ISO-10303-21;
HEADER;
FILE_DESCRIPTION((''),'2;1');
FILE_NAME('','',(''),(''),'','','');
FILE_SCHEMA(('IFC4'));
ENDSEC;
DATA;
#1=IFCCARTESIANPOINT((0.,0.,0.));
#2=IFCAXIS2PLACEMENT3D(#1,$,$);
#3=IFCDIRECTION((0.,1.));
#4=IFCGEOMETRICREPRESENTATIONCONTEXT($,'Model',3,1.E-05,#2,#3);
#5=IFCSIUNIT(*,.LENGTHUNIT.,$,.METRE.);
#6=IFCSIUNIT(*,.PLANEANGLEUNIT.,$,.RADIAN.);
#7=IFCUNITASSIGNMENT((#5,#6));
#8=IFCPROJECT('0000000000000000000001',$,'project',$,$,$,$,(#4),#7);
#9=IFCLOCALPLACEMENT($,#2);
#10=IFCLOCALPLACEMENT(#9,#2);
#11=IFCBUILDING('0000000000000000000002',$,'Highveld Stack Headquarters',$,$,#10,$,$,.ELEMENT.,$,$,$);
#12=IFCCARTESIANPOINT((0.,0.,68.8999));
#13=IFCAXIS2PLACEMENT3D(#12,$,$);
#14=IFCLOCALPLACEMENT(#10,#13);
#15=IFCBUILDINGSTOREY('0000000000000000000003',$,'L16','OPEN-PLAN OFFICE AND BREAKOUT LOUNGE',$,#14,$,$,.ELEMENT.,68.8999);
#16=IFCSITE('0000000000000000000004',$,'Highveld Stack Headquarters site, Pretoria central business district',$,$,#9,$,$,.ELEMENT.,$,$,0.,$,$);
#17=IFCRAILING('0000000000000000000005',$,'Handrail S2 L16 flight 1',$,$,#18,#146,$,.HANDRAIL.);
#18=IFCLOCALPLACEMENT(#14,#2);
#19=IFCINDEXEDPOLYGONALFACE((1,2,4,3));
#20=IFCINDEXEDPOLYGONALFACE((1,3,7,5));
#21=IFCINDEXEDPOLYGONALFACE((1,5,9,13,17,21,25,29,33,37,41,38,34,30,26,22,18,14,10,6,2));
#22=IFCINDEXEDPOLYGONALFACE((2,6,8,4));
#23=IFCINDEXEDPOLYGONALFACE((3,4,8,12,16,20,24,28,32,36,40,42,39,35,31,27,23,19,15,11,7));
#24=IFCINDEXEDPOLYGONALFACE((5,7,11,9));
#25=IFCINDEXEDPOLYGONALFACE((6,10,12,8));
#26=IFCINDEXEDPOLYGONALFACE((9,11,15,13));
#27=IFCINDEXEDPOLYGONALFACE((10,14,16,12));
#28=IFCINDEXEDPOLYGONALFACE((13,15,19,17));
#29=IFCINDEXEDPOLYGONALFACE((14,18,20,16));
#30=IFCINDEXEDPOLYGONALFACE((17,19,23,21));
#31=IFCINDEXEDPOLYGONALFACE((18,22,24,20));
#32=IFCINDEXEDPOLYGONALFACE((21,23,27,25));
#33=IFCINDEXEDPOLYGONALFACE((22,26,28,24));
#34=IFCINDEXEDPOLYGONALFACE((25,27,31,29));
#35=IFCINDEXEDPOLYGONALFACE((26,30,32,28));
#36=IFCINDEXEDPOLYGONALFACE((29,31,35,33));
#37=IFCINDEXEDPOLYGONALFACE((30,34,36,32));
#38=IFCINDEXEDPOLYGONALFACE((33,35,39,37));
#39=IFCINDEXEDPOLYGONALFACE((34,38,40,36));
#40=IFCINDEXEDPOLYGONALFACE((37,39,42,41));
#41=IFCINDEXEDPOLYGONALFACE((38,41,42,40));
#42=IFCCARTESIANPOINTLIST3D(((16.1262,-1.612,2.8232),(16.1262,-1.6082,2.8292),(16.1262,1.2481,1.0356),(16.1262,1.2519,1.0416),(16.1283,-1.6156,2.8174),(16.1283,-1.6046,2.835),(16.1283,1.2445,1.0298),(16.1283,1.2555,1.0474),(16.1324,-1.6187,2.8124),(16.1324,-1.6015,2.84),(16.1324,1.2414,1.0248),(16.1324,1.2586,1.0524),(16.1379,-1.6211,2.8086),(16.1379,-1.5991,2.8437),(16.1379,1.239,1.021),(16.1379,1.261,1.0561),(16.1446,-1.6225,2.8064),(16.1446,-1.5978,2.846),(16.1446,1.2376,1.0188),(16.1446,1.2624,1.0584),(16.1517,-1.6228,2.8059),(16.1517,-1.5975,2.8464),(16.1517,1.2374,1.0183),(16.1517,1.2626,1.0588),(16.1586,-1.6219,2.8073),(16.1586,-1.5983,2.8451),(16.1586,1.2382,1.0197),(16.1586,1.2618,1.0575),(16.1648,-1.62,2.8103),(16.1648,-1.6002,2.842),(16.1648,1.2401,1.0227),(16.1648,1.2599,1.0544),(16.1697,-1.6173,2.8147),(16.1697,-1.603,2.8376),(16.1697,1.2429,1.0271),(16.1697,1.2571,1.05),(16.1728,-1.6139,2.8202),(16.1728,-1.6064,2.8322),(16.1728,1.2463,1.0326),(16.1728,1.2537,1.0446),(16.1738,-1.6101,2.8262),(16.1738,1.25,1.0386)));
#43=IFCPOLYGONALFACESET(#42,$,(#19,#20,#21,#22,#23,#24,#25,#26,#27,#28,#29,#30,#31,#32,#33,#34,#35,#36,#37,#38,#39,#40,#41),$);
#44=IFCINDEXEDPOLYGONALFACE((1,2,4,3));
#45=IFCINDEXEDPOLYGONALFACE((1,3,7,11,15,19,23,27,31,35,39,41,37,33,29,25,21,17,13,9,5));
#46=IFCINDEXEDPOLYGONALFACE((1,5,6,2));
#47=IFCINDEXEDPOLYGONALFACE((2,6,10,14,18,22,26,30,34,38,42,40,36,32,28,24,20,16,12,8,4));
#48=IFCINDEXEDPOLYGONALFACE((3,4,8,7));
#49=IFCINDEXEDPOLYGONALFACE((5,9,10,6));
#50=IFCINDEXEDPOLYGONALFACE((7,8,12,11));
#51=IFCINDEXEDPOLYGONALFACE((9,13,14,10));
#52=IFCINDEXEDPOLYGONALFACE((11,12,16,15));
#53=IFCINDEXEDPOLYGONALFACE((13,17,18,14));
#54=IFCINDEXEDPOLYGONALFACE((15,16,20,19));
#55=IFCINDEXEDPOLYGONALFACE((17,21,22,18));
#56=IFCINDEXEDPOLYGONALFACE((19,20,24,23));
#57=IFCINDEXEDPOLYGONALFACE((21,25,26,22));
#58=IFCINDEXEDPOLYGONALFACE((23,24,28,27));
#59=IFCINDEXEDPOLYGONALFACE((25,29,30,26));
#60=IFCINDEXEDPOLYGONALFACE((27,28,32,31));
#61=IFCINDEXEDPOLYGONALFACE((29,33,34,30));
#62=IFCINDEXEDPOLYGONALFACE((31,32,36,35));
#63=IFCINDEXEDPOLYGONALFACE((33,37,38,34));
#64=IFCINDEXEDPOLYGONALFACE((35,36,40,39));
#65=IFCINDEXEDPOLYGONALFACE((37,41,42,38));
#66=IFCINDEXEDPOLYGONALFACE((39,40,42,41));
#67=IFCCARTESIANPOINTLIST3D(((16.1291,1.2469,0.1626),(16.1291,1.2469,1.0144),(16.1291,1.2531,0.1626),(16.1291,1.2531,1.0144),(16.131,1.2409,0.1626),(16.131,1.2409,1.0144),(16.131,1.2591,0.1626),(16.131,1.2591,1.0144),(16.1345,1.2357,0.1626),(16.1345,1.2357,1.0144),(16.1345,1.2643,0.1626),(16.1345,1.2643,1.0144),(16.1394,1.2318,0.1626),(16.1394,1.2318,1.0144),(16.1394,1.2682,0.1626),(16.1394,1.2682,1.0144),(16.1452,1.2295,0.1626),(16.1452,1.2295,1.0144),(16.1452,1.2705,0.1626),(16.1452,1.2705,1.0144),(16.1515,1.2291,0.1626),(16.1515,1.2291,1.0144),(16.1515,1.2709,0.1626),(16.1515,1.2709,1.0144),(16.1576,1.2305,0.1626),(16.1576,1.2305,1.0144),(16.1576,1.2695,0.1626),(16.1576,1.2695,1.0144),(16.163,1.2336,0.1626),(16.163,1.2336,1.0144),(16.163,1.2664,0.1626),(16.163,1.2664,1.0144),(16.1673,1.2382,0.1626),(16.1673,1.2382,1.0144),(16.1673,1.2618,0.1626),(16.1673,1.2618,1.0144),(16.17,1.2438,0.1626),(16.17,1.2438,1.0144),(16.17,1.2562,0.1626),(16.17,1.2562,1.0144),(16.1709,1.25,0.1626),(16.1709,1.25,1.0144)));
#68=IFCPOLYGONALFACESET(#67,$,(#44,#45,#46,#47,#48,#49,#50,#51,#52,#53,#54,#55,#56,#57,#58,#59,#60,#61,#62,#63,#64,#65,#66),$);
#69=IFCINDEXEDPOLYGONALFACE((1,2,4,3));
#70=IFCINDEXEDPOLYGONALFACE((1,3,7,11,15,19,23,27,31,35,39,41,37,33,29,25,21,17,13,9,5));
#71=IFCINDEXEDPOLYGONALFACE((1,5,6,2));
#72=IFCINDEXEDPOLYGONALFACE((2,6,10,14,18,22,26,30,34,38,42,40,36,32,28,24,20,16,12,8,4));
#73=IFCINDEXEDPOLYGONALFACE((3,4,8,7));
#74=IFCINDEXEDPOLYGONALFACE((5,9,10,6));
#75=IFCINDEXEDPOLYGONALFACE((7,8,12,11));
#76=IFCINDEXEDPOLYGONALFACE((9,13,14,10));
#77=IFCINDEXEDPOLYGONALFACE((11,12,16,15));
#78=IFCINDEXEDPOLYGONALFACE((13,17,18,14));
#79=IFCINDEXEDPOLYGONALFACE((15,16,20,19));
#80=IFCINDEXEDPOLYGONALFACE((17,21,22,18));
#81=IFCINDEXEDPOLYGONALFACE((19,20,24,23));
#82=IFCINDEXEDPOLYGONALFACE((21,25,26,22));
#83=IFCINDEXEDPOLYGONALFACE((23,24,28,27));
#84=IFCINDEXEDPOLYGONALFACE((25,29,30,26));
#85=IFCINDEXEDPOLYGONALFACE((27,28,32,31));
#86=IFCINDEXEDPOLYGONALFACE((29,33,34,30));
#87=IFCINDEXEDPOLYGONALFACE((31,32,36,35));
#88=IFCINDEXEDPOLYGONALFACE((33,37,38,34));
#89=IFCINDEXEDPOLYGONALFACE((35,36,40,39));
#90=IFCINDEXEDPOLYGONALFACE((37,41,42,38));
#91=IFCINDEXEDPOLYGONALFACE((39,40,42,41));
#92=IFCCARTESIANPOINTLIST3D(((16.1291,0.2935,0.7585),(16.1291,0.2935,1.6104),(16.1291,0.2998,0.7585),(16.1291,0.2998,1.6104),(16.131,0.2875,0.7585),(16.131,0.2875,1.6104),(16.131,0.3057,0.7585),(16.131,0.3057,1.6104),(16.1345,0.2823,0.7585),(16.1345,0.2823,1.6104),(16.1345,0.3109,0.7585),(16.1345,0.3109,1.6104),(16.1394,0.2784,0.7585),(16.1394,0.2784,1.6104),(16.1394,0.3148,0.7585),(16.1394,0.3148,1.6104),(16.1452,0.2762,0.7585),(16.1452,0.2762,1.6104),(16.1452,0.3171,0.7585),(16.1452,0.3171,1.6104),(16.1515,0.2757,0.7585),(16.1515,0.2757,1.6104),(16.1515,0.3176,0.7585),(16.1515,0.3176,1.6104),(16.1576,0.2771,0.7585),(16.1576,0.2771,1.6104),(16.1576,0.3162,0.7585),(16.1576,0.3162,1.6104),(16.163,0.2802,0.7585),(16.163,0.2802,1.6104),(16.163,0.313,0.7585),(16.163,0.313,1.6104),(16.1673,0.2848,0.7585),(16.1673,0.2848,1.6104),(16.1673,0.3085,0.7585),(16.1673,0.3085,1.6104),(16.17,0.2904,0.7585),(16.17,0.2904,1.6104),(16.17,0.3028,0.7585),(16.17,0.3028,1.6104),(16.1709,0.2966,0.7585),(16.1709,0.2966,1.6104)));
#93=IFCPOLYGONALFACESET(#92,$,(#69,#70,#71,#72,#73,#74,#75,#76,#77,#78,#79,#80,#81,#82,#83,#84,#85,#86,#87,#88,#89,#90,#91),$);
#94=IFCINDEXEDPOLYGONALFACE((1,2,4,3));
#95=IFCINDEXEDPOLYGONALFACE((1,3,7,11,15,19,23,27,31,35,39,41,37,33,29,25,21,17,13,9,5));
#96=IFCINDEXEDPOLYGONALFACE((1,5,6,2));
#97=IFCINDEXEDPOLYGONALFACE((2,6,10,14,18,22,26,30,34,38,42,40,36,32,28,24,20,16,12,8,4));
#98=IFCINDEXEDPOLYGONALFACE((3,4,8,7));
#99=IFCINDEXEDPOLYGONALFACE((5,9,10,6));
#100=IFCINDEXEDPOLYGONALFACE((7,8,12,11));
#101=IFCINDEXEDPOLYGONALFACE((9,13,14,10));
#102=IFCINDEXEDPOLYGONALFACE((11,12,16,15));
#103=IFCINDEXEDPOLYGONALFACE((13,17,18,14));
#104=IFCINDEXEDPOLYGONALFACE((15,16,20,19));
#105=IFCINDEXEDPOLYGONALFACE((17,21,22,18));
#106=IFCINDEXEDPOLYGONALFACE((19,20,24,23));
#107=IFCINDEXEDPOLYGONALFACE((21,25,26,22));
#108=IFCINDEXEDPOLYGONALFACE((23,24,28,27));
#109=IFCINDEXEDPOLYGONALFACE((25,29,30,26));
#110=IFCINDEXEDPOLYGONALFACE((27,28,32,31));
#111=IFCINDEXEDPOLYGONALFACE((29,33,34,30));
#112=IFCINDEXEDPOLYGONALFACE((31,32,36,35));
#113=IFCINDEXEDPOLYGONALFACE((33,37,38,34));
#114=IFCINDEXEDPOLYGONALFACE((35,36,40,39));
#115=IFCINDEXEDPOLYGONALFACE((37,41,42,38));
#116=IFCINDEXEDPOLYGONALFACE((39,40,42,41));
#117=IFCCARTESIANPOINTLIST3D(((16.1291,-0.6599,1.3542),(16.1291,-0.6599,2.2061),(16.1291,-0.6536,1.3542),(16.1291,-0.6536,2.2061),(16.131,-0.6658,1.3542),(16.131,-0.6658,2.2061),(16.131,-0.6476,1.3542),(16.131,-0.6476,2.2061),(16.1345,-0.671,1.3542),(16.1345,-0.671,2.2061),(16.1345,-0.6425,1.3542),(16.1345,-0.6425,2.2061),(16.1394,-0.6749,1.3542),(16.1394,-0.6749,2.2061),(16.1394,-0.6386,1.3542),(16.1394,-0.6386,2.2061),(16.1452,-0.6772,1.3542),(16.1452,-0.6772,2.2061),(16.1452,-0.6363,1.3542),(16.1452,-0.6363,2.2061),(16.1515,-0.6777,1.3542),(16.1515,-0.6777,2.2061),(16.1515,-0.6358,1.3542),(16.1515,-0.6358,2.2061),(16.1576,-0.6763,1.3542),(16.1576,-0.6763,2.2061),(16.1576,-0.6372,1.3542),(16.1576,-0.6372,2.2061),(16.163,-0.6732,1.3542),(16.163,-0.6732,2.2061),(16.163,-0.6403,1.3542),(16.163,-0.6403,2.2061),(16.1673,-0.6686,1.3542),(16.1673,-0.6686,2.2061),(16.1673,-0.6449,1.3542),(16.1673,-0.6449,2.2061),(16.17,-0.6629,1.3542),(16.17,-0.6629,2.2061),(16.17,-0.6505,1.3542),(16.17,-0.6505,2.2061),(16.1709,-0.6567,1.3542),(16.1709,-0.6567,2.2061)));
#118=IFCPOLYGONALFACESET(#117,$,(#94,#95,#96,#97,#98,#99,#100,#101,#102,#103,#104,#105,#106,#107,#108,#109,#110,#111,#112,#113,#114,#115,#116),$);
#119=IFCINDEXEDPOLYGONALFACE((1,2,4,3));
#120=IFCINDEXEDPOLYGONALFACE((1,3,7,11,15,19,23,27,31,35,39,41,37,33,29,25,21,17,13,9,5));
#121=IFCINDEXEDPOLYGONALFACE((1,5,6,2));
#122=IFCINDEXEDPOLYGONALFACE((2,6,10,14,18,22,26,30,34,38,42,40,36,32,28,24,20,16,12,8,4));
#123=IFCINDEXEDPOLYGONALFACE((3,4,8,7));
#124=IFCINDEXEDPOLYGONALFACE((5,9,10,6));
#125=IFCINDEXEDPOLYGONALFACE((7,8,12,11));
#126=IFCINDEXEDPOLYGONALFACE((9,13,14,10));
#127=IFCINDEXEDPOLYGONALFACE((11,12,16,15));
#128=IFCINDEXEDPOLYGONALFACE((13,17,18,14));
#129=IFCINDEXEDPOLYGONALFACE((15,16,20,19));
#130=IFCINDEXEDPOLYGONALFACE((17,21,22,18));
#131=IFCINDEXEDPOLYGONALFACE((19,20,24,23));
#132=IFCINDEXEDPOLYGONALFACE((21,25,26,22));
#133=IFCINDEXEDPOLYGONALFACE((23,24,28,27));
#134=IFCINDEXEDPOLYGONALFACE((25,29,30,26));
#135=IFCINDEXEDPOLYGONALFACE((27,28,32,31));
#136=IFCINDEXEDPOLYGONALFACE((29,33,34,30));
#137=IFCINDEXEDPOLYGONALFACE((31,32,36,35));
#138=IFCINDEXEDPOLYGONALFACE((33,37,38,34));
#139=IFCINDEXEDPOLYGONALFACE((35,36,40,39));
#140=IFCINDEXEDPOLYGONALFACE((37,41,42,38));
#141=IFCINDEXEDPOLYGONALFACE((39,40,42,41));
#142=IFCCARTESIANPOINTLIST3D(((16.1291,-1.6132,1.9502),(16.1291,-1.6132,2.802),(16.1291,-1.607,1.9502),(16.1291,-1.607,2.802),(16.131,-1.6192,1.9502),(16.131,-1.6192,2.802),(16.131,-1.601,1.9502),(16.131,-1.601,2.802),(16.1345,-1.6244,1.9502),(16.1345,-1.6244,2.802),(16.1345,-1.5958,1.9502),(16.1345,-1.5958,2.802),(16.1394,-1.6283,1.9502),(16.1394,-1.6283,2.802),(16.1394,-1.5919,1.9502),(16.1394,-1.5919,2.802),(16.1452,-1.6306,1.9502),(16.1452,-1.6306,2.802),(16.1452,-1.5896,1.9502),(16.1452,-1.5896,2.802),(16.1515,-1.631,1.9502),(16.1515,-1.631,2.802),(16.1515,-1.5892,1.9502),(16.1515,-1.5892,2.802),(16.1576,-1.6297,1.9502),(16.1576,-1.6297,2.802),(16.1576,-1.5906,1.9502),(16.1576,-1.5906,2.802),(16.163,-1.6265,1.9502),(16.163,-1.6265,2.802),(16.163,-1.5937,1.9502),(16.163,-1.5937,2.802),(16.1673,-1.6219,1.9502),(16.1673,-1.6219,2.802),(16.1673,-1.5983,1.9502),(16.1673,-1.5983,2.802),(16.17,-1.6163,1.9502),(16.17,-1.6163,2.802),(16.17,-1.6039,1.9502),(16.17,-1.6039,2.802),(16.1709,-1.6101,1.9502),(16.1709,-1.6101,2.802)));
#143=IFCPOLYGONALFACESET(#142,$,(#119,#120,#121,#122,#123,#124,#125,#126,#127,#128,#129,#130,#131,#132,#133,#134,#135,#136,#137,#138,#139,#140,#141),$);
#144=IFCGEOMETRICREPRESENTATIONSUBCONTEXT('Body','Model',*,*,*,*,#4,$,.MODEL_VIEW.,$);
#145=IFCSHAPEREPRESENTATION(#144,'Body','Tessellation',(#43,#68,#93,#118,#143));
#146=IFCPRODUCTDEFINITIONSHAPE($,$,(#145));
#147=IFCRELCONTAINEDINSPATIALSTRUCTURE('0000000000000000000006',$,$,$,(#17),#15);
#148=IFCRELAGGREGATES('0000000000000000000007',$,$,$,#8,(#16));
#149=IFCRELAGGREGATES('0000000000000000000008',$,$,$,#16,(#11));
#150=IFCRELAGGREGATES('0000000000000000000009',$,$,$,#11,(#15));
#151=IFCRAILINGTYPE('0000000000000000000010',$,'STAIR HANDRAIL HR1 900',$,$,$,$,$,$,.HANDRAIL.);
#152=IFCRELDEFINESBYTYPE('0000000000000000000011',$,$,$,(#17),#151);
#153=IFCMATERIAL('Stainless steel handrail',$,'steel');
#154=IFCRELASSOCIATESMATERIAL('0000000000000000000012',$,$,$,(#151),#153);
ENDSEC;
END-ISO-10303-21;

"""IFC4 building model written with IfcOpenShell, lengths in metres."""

from ifc_helpers import new_model, si_unit, direction, frame, origin, origin_2d, place, context, subcontext, project, spatial, circle, extrude, material, type_object, element, save


model = new_model("IFC4")

# Units and contexts
model_context = context("Model", 3, precision=1e-05, world=origin(), true_north=direction((0.0, 1.0)))
body_context = subcontext(model_context, "Body", "Model", "MODEL_VIEW")
ifc_project = project(units=[si_unit("LENGTHUNIT", "METRE"), si_unit("PLANEANGLEUNIT", "RADIAN")], contexts=[model_context])

# Site, building, storey
site_placement = place(None, origin())
site = spatial("IfcSite", under=ifc_project, at=site_placement, Name="Highveld Stack Headquarters site, Pretoria central business district", CompositionType="ELEMENT", RefElevation=0.0)
building_placement = place(site_placement, origin())
building = spatial("IfcBuilding", under=site, at=building_placement, Name="Highveld Stack Headquarters", CompositionType="ELEMENT")
storey_placement = place(building_placement, frame((0.0, 0.0, 68.8999)))
storey = spatial("IfcBuildingStorey", under=building, at=storey_placement, Name="L16", Description="OPEN-PLAN OFFICE AND BREAKOUT LOUNGE", CompositionType="ELEMENT", Elevation=68.8999)

# Railing
ifc_material_1 = material(Name="Stainless steel handrail", Category="steel")
railing_type = type_object("IfcRailingType", Name="STAIR HANDRAIL HR1 900", PredefinedType="HANDRAIL", material=ifc_material_1)
for number, where, name in (
    (1, (16.1499, 1.25, 0.1626), "Handrail S2 L16 flight 1"),
):
    element("IfcRailing", number, at=place(storey_placement, frame(where)), inside=storey, type_object=railing_type, Name=name, PredefinedType="HANDRAIL", context=body_context, shape_type="SweptSolid", body=[
        extrude(circle(Radius=0.0239, at=origin_2d()), frame((0.0, 0.0, 0.876), z_axis=(0.0, -0.847994, 0.530005), x_axis=(1.0, 0.0, 0.0)), (0.0, 0.0, 1.0), 3.3728),
        extrude(circle(Radius=0.021, at=origin_2d()), origin(), (0.0, 0.0, 1.0), 0.8518),
        extrude(circle(Radius=0.021, at=origin_2d()), frame((0.0, -0.9534, 0.5959)), (0.0, 0.0, 1.0), 0.8518),
        extrude(circle(Radius=0.021, at=origin_2d()), frame((0.0, -1.9067, 1.1917)), (0.0, 0.0, 1.0), 0.8518),
        extrude(circle(Radius=0.021, at=origin_2d()), frame((0.0, -2.8601, 1.7876)), (0.0, 0.0, 1.0), 0.8518),
    ])

save(model, "model.ifc")
